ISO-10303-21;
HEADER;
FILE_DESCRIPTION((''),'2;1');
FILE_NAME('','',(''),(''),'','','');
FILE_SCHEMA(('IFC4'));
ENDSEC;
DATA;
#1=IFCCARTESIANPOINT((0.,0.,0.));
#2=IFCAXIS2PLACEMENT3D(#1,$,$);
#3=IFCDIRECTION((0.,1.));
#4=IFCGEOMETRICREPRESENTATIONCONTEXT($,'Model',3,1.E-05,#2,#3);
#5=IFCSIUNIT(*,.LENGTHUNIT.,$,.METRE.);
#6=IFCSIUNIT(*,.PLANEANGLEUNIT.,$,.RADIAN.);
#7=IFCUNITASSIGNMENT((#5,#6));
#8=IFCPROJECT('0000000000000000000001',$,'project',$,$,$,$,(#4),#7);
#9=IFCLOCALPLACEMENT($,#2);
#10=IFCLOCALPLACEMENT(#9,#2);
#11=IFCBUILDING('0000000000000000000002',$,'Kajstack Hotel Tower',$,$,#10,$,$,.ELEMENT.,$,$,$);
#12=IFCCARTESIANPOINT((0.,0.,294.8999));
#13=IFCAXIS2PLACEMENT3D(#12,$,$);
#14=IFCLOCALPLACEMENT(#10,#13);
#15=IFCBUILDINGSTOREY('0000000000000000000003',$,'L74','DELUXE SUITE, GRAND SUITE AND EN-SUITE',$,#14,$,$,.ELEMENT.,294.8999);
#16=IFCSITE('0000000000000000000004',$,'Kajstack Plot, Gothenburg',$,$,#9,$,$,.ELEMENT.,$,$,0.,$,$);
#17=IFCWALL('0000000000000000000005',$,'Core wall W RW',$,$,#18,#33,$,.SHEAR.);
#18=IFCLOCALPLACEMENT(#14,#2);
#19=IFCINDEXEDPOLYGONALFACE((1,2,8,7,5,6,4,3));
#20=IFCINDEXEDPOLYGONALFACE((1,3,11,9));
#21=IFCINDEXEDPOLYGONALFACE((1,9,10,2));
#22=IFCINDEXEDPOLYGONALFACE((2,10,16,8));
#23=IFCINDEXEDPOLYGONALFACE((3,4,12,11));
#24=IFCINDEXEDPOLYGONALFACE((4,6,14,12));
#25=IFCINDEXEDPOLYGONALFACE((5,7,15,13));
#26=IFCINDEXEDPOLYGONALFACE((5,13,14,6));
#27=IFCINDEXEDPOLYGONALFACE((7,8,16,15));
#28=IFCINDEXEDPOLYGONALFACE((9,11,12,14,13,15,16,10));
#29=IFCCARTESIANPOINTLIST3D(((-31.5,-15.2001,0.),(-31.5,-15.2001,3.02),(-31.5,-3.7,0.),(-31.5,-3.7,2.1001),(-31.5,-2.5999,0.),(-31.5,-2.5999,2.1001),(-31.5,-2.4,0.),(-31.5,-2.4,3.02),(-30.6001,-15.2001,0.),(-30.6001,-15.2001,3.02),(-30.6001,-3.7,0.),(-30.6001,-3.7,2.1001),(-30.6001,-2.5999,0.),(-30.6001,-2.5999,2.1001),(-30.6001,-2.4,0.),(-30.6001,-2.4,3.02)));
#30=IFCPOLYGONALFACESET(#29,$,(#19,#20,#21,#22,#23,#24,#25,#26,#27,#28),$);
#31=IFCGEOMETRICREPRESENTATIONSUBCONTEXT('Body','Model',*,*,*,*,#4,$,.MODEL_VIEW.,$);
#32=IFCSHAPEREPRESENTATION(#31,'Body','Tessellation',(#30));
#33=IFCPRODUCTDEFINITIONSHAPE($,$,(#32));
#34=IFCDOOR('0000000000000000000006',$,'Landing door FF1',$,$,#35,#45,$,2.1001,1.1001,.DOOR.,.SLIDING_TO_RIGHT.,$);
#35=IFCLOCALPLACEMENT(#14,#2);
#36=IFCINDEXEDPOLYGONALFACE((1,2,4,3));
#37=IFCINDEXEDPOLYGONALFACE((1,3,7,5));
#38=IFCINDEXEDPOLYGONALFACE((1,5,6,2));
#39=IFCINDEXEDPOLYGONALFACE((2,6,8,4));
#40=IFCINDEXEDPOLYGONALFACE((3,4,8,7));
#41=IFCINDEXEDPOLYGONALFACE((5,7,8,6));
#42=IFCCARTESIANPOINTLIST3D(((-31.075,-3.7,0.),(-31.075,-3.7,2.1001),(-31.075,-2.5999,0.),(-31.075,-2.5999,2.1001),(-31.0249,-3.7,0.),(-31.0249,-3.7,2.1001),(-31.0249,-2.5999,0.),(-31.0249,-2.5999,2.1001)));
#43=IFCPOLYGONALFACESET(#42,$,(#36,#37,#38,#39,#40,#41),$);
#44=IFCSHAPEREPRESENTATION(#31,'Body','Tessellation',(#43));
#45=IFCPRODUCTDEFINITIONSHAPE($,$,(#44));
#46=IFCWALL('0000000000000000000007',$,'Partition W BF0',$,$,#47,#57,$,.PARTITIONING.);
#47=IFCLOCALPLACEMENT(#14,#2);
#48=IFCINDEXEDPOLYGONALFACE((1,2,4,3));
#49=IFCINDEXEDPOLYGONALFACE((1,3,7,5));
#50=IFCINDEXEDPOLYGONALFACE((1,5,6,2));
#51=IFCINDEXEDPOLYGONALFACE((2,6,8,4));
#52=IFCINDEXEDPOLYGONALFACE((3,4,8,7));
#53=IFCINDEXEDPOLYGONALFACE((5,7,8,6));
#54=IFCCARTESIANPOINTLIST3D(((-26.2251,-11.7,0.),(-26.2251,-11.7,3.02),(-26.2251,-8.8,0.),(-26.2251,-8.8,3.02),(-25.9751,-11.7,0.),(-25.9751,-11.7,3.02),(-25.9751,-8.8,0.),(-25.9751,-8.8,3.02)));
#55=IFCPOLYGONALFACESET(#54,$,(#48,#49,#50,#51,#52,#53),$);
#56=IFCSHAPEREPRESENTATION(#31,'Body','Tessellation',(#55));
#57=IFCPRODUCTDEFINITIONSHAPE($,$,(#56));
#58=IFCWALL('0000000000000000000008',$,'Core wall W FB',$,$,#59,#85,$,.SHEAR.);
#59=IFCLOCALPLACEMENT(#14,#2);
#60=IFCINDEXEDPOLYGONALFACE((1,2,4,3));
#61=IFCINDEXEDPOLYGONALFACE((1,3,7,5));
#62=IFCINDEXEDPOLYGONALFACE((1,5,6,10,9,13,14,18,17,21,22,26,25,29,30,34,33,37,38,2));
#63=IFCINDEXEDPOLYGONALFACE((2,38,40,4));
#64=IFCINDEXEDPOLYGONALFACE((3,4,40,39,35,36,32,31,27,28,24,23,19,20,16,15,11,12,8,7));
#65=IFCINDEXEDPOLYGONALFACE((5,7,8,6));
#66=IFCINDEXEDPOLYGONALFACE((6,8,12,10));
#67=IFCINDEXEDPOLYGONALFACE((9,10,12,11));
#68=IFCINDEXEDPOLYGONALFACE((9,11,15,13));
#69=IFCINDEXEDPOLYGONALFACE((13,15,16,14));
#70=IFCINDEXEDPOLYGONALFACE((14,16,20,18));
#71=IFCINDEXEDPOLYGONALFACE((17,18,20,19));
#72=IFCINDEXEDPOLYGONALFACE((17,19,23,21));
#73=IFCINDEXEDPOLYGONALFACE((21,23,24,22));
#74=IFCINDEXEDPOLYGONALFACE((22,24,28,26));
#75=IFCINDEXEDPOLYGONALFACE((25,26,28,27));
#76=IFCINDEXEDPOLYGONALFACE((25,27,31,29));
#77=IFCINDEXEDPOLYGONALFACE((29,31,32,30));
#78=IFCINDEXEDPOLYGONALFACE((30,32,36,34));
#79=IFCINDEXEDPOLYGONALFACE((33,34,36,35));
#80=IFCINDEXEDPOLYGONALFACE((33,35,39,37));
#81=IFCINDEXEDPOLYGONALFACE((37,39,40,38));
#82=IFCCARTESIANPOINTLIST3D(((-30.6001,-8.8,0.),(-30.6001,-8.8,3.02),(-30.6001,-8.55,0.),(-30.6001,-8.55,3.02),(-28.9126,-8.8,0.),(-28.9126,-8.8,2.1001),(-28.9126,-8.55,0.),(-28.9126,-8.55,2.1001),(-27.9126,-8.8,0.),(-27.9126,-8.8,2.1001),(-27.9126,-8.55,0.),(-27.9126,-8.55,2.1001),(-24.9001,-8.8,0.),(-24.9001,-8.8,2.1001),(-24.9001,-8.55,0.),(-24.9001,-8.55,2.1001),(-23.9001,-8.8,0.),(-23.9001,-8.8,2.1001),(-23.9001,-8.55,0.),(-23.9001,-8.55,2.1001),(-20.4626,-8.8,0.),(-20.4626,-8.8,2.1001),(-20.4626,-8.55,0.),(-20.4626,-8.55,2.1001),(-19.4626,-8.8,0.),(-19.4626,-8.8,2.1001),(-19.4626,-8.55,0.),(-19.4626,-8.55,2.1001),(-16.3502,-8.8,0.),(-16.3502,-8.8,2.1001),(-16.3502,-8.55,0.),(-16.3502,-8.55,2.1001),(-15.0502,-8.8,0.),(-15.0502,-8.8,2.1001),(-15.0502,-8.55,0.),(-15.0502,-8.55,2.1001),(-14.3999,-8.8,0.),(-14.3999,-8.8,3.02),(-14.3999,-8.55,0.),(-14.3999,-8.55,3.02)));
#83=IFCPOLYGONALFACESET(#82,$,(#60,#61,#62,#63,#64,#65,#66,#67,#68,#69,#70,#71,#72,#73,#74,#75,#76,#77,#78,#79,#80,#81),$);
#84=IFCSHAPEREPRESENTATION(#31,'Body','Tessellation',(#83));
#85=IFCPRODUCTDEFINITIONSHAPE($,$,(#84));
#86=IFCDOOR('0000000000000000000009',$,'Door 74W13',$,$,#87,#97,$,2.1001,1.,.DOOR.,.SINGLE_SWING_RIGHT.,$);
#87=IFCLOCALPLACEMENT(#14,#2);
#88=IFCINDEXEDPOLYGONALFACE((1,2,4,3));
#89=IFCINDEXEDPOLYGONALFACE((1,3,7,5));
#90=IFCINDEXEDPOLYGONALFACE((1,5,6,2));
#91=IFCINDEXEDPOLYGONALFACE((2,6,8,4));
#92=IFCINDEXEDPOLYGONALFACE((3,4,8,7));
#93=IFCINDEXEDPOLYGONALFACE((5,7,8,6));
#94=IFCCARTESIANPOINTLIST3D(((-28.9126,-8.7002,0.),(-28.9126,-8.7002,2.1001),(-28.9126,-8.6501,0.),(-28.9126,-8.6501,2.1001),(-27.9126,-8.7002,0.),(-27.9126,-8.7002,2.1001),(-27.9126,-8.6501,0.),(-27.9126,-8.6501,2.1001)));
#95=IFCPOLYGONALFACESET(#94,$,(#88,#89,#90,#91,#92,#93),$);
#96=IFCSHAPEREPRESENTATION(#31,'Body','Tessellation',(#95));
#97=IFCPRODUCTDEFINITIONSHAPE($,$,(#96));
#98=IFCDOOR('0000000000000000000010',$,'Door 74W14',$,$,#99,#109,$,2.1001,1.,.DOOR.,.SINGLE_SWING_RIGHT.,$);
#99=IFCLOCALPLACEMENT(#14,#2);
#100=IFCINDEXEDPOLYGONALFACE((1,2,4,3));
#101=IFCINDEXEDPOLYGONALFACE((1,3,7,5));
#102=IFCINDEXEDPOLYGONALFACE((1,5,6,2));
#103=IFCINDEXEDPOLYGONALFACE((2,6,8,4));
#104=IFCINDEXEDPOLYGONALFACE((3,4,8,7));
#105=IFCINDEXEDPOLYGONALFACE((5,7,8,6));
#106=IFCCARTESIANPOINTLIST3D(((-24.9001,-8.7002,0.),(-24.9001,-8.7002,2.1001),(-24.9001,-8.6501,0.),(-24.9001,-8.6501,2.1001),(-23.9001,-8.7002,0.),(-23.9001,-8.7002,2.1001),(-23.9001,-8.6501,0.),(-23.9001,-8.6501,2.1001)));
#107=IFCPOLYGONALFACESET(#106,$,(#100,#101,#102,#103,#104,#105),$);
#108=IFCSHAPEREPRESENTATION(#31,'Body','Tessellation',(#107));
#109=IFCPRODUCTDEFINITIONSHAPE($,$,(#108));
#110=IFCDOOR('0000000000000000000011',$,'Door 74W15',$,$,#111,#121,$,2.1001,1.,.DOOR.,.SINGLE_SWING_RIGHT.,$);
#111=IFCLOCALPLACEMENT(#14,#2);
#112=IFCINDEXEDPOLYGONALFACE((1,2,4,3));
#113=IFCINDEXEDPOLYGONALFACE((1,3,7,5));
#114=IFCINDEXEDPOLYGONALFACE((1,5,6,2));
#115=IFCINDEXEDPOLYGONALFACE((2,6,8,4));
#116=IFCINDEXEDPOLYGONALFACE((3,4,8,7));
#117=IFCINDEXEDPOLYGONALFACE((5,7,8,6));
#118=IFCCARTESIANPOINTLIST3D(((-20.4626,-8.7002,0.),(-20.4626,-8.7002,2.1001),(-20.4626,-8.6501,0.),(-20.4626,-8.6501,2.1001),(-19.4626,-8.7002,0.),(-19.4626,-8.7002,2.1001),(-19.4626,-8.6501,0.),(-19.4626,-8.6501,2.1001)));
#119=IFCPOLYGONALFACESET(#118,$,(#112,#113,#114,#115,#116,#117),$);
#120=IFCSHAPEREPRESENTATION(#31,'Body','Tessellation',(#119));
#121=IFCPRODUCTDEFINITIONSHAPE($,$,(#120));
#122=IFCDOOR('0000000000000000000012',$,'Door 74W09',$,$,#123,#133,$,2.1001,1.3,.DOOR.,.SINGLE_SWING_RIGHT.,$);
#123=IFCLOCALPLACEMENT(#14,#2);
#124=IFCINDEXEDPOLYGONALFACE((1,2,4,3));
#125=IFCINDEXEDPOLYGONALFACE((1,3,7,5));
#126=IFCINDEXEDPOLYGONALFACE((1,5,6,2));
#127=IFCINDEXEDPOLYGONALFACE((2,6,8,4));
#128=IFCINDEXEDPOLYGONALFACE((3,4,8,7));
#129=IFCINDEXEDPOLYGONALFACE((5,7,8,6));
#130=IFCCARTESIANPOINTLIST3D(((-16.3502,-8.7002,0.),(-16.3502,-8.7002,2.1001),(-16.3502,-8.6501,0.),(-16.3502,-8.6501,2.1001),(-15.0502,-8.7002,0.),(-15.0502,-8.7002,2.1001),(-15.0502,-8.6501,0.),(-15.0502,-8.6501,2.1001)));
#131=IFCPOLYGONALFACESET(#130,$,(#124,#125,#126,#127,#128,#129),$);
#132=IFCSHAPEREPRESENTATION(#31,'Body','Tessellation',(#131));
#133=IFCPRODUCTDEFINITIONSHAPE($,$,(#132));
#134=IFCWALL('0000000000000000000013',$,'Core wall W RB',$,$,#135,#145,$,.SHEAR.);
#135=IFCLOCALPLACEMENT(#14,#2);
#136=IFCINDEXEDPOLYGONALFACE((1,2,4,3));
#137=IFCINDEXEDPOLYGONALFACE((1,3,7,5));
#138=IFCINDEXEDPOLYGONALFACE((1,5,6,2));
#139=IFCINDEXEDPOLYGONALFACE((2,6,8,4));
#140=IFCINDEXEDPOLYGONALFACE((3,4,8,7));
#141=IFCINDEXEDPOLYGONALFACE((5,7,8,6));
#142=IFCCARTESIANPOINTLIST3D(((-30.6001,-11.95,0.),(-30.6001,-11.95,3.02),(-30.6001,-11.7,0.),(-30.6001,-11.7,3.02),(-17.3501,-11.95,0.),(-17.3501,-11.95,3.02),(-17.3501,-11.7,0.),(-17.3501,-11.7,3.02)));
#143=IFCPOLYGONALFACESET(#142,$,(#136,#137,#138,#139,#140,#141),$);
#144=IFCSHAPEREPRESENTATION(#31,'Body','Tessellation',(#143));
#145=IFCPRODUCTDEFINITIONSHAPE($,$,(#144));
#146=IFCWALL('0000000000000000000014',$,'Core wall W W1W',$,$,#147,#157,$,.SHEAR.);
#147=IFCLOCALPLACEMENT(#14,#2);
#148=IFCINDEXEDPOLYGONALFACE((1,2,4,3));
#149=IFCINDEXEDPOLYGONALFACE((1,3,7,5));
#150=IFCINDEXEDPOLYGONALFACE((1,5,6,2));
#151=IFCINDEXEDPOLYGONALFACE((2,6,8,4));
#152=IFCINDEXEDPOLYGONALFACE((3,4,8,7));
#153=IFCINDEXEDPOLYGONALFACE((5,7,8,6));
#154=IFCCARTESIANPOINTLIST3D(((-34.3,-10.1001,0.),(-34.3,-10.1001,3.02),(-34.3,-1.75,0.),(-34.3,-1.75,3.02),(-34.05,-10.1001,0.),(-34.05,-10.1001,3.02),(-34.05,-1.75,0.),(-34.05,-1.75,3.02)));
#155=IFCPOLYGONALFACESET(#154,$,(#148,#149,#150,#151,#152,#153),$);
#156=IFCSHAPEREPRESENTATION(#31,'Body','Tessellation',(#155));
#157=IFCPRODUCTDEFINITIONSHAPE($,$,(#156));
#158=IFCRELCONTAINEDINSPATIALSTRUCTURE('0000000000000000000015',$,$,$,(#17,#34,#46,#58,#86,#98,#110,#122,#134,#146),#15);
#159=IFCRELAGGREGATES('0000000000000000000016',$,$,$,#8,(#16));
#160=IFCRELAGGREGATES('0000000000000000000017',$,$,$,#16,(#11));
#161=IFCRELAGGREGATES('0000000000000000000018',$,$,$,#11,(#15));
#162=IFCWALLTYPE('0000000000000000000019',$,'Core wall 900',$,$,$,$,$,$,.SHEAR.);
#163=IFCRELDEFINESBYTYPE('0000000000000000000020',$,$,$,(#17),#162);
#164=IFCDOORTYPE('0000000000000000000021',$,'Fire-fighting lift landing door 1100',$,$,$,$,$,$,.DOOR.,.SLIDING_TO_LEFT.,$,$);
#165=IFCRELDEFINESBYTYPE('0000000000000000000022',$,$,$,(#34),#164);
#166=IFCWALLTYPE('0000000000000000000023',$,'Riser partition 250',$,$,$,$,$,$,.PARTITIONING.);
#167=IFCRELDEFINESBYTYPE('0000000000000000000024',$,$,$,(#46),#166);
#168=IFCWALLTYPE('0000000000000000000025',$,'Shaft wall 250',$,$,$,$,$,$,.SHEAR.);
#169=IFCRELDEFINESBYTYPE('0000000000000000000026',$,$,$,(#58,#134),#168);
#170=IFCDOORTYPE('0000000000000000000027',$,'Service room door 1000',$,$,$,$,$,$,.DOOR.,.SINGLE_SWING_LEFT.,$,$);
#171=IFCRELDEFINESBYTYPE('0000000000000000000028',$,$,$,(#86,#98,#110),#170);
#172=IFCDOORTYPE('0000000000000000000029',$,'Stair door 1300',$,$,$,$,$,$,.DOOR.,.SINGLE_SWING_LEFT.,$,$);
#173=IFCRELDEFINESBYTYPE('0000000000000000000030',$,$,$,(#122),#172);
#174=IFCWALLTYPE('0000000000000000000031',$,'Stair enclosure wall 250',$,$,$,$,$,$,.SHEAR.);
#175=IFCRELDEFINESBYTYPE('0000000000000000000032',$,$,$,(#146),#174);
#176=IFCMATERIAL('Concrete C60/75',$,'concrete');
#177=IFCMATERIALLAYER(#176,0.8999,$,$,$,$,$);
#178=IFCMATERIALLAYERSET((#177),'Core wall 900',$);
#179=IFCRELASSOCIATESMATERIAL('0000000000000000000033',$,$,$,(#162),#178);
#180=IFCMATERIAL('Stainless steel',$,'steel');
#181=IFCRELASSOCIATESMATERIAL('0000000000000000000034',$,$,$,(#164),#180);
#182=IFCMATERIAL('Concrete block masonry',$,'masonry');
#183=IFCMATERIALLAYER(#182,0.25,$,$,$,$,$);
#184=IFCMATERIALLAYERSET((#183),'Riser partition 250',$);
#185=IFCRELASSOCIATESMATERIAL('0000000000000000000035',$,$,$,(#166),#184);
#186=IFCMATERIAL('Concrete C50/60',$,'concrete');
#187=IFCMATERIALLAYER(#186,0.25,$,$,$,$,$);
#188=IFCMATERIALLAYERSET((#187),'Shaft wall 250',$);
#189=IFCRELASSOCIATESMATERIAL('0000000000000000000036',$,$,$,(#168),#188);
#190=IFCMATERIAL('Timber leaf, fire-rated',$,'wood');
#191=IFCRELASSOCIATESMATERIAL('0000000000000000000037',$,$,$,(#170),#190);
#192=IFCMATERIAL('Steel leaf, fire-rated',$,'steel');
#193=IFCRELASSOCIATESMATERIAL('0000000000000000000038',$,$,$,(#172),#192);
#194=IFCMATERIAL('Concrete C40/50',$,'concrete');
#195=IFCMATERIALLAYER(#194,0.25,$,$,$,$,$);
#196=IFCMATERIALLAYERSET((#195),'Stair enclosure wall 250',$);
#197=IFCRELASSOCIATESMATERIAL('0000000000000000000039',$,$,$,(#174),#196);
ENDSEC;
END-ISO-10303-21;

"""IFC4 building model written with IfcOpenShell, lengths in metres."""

from ifc_helpers import new_model, si_unit, direction, frame, frame_2d, origin, place, context, subcontext, project, spatial, rectangle, extrude, material, layer, layer_set, type_object, element, fill, save


model = new_model("IFC4")

# Units and contexts
model_context = context("Model", 3, precision=1e-05, world=origin(), true_north=direction((0.0, 1.0)))
body_context = subcontext(model_context, "Body", "Model", "MODEL_VIEW")
ifc_project = project(units=[si_unit("LENGTHUNIT", "METRE"), si_unit("PLANEANGLEUNIT", "RADIAN")], contexts=[model_context])

# Site, building, storey
site_placement = place(None, origin())
site = spatial("IfcSite", under=ifc_project, at=site_placement, Name="Kajstack Plot, Gothenburg", CompositionType="ELEMENT", RefElevation=0.0)
building_placement = place(site_placement, origin())
building = spatial("IfcBuilding", under=site, at=building_placement, Name="Kajstack Hotel Tower", CompositionType="ELEMENT")
storey_placement = place(building_placement, frame((0.0, 0.0, 294.8999)))
storey = spatial("IfcBuildingStorey", under=building, at=storey_placement, Name="L74", Description="DELUXE SUITE, GRAND SUITE AND EN-SUITE", CompositionType="ELEMENT", Elevation=294.8999)

# Wall, opening, door
ifc_material_1 = material(Name="Concrete C60/75", Category="concrete")
ifc_layer_1 = layer(ifc_material_1, 0.8999)
ifc_layer_set_1 = layer_set([ifc_layer_1], Name="Core wall 900")
wall_type_1 = type_object("IfcWallType", Name="Core wall 900", PredefinedType="SHEAR", material=ifc_layer_set_1)
wall_1_placement = place(storey_placement, frame((-31.05, -15.2, 0.0), z_axis=(0.0, 0.0, 1.0), x_axis=(0.0, 1.0, 0.0)))
wall_1 = element("IfcWall", 1, at=wall_1_placement, inside=storey, type_object=wall_type_1, Name="Core wall W RW", PredefinedType="SHEAR", context=body_context, shape_type="SweptSolid", body=[
    extrude(rectangle(XDim=12.8, YDim=0.8999, at=frame_2d((6.3999, 0.0))), origin(), (0.0, 0.0, 1.0), 3.02),
])
opening_1_placement = place(wall_1_placement, frame((11.5, 0.0, 0.0)))
opening_1 = element("IfcOpeningElement", 2, at=opening_1_placement, cuts=wall_1, PredefinedType="OPENING", context=body_context, shape_type="SweptSolid", body=[
    extrude(rectangle(XDim=1.1001, YDim=2.1001, at=frame_2d((0.55, 1.05))), frame((0.0, 0.46, 0.0), z_axis=(0.0, -1.0, 0.0), x_axis=(1.0, 0.0, 0.0)), (0.0, 0.0, 1.0), 0.9199),
])
ifc_material_2 = material(Name="Stainless steel", Category="steel")
door_type_1 = type_object("IfcDoorType", Name="Fire-fighting lift landing door 1100", OperationType="SLIDING_TO_LEFT", PredefinedType="DOOR", material=ifc_material_2)
door_1_placement = place(opening_1_placement, origin())
door_1 = element("IfcDoor", 3, at=door_1_placement, inside=storey, type_object=door_type_1, Name="Landing door FF1", OperationType="SLIDING_TO_RIGHT", OverallHeight=2.1001, OverallWidth=1.1001, PredefinedType="DOOR", context=body_context, shape_type="SweptSolid", body=[
    extrude(rectangle(XDim=1.1001, YDim=2.1001, at=frame_2d((0.55, 1.05))), frame((0.0, 0.0249, 0.0), z_axis=(0.0, -1.0, 0.0), x_axis=(1.0, 0.0, 0.0)), (0.0, 0.0, 1.0), 0.05),
])
fill(opening_1, door_1)

# Wall
ifc_material_3 = material(Name="Concrete block masonry", Category="masonry")
ifc_layer_2 = layer(ifc_material_3, 0.25)
ifc_layer_set_2 = layer_set([ifc_layer_2], Name="Riser partition 250")
wall_type_2 = type_object("IfcWallType", Name="Riser partition 250", PredefinedType="PARTITIONING", material=ifc_layer_set_2)
wall_2_placement = place(storey_placement, frame((-26.1001, -11.7, 0.0), z_axis=(0.0, 0.0, 1.0), x_axis=(0.0, 1.0, 0.0)))
element("IfcWall", 4, at=wall_2_placement, inside=storey, type_object=wall_type_2, Name="Partition W BF0", PredefinedType="PARTITIONING", context=body_context, shape_type="SweptSolid", body=[
    extrude(rectangle(XDim=2.8999, YDim=0.25, at=frame_2d((1.45, 0.0))), origin(), (0.0, 0.0, 1.0), 3.02),
])

# Wall, openings, doors
ifc_material_4 = material(Name="Concrete C50/60", Category="concrete")
ifc_layer_3 = layer(ifc_material_4, 0.25)
ifc_layer_set_3 = layer_set([ifc_layer_3], Name="Shaft wall 250")
wall_type_3 = type_object("IfcWallType", Name="Shaft wall 250", PredefinedType="SHEAR", material=ifc_layer_set_3)
wall_3_placement = place(storey_placement, frame((-30.6001, -8.675, 0.0), z_axis=(0.0, 0.0, 1.0), x_axis=(1.0, 0.0, 0.0)))
wall_3 = element("IfcWall", 5, at=wall_3_placement, inside=storey, type_object=wall_type_3, Name="Core wall W FB", PredefinedType="SHEAR", context=body_context, shape_type="SweptSolid", body=[
    extrude(rectangle(XDim=16.2002, YDim=0.25, at=frame_2d((8.1001, 0.0))), origin(), (0.0, 0.0, 1.0), 3.02),
])
opening_2_placement = place(wall_3_placement, frame((14.25, 0.0, 0.0)))
opening_2 = element("IfcOpeningElement", 6, at=opening_2_placement, cuts=wall_3, PredefinedType="OPENING", context=body_context, shape_type="SweptSolid", body=[
    extrude(rectangle(XDim=1.3, YDim=2.1001, at=frame_2d((0.6499, 1.05))), frame((0.0, 0.135, 0.0), z_axis=(0.0, -1.0, 0.0), x_axis=(1.0, 0.0, 0.0)), (0.0, 0.0, 1.0), 0.27),
])
opening_3_placement = place(wall_3_placement, frame((1.6875, 0.0, 0.0)))
opening_3 = element("IfcOpeningElement", 7, at=opening_3_placement, cuts=wall_3, PredefinedType="OPENING", context=body_context, shape_type="SweptSolid", body=[
    extrude(rectangle(XDim=1.0, YDim=2.1001, at=frame_2d((0.5, 1.05))), frame((0.0, 0.135, 0.0), z_axis=(0.0, -1.0, 0.0), x_axis=(1.0, 0.0, 0.0)), (0.0, 0.0, 1.0), 0.27),
])
opening_4_placement = place(wall_3_placement, frame((5.7, 0.0, 0.0)))
opening_4 = element("IfcOpeningElement", 8, at=opening_4_placement, cuts=wall_3, PredefinedType="OPENING", context=body_context, shape_type="SweptSolid", body=[
    extrude(rectangle(XDim=1.0, YDim=2.1001, at=frame_2d((0.5, 1.05))), frame((0.0, 0.135, 0.0), z_axis=(0.0, -1.0, 0.0), x_axis=(1.0, 0.0, 0.0)), (0.0, 0.0, 1.0), 0.27),
])
opening_5_placement = place(wall_3_placement, frame((10.1375, 0.0, 0.0)))
opening_5 = element("IfcOpeningElement", 9, at=opening_5_placement, cuts=wall_3, PredefinedType="OPENING", context=body_context, shape_type="SweptSolid", body=[
    extrude(rectangle(XDim=1.0, YDim=2.1001, at=frame_2d((0.5, 1.05))), frame((0.0, 0.135, 0.0), z_axis=(0.0, -1.0, 0.0), x_axis=(1.0, 0.0, 0.0)), (0.0, 0.0, 1.0), 0.27),
])
ifc_material_5 = material(Name="Timber leaf, fire-rated", Category="wood")
door_type_2 = type_object("IfcDoorType", Name="Service room door 1000", OperationType="SINGLE_SWING_LEFT", PredefinedType="DOOR", material=ifc_material_5)
door_2_placement = place(opening_3_placement, origin())
door_2 = element("IfcDoor", 10, at=door_2_placement, inside=storey, type_object=door_type_2, Name="Door 74W13", OperationType="SINGLE_SWING_RIGHT", OverallHeight=2.1001, OverallWidth=1.0, PredefinedType="DOOR", context=body_context, shape_type="SweptSolid", body=[
    extrude(rectangle(XDim=1.0, YDim=2.1001, at=frame_2d((0.5, 1.05))), frame((0.0, 0.0249, 0.0), z_axis=(0.0, -1.0, 0.0), x_axis=(1.0, 0.0, 0.0)), (0.0, 0.0, 1.0), 0.05),
])
fill(opening_3, door_2)
door_3_placement = place(opening_4_placement, origin())
door_3 = element("IfcDoor", 11, at=door_3_placement, inside=storey, type_object=door_type_2, Name="Door 74W14", OperationType="SINGLE_SWING_RIGHT", OverallHeight=2.1001, OverallWidth=1.0, PredefinedType="DOOR", context=body_context, shape_type="SweptSolid", body=[
    extrude(rectangle(XDim=1.0, YDim=2.1001, at=frame_2d((0.5, 1.05))), frame((0.0, 0.0249, 0.0), z_axis=(0.0, -1.0, 0.0), x_axis=(1.0, 0.0, 0.0)), (0.0, 0.0, 1.0), 0.05),
])
fill(opening_4, door_3)
door_4_placement = place(opening_5_placement, origin())
door_4 = element("IfcDoor", 12, at=door_4_placement, inside=storey, type_object=door_type_2, Name="Door 74W15", OperationType="SINGLE_SWING_RIGHT", OverallHeight=2.1001, OverallWidth=1.0, PredefinedType="DOOR", context=body_context, shape_type="SweptSolid", body=[
    extrude(rectangle(XDim=1.0, YDim=2.1001, at=frame_2d((0.5, 1.05))), frame((0.0, 0.0249, 0.0), z_axis=(0.0, -1.0, 0.0), x_axis=(1.0, 0.0, 0.0)), (0.0, 0.0, 1.0), 0.05),
])
fill(opening_5, door_4)
ifc_material_6 = material(Name="Steel leaf, fire-rated", Category="steel")
door_type_3 = type_object("IfcDoorType", Name="Stair door 1300", OperationType="SINGLE_SWING_LEFT", PredefinedType="DOOR", material=ifc_material_6)
door_5_placement = place(opening_2_placement, origin())
door_5 = element("IfcDoor", 13, at=door_5_placement, inside=storey, type_object=door_type_3, Name="Door 74W09", OperationType="SINGLE_SWING_RIGHT", OverallHeight=2.1001, OverallWidth=1.3, PredefinedType="DOOR", context=body_context, shape_type="SweptSolid", body=[
    extrude(rectangle(XDim=1.3, YDim=2.1001, at=frame_2d((0.6499, 1.05))), frame((0.0, 0.0249, 0.0), z_axis=(0.0, -1.0, 0.0), x_axis=(1.0, 0.0, 0.0)), (0.0, 0.0, 1.0), 0.05),
])
fill(opening_2, door_5)

# Walls
wall_4_placement = place(storey_placement, frame((-30.6001, -11.825, 0.0), z_axis=(0.0, 0.0, 1.0), x_axis=(1.0, 0.0, 0.0)))
element("IfcWall", 14, at=wall_4_placement, inside=storey, type_object=wall_type_3, Name="Core wall W RB", PredefinedType="SHEAR", context=body_context, shape_type="SweptSolid", body=[
    extrude(rectangle(XDim=13.25, YDim=0.25, at=frame_2d((6.625, 0.0))), origin(), (0.0, 0.0, 1.0), 3.02),
])
ifc_material_7 = material(Name="Concrete C40/50", Category="concrete")
ifc_layer_4 = layer(ifc_material_7, 0.25)
ifc_layer_set_4 = layer_set([ifc_layer_4], Name="Stair enclosure wall 250")
wall_type_4 = type_object("IfcWallType", Name="Stair enclosure wall 250", PredefinedType="SHEAR", material=ifc_layer_set_4)
wall_5_placement = place(storey_placement, frame((-34.175, -10.1001, 0.0), z_axis=(0.0, 0.0, 1.0), x_axis=(0.0, 1.0, 0.0)))
element("IfcWall", 15, at=wall_5_placement, inside=storey, type_object=wall_type_4, Name="Core wall W W1W", PredefinedType="SHEAR", context=body_context, shape_type="SweptSolid", body=[
    extrude(rectangle(XDim=8.3501, YDim=0.25, at=frame_2d((4.175, 0.0))), origin(), (0.0, 0.0, 1.0), 3.02),
])

save(model, "model.ifc")
